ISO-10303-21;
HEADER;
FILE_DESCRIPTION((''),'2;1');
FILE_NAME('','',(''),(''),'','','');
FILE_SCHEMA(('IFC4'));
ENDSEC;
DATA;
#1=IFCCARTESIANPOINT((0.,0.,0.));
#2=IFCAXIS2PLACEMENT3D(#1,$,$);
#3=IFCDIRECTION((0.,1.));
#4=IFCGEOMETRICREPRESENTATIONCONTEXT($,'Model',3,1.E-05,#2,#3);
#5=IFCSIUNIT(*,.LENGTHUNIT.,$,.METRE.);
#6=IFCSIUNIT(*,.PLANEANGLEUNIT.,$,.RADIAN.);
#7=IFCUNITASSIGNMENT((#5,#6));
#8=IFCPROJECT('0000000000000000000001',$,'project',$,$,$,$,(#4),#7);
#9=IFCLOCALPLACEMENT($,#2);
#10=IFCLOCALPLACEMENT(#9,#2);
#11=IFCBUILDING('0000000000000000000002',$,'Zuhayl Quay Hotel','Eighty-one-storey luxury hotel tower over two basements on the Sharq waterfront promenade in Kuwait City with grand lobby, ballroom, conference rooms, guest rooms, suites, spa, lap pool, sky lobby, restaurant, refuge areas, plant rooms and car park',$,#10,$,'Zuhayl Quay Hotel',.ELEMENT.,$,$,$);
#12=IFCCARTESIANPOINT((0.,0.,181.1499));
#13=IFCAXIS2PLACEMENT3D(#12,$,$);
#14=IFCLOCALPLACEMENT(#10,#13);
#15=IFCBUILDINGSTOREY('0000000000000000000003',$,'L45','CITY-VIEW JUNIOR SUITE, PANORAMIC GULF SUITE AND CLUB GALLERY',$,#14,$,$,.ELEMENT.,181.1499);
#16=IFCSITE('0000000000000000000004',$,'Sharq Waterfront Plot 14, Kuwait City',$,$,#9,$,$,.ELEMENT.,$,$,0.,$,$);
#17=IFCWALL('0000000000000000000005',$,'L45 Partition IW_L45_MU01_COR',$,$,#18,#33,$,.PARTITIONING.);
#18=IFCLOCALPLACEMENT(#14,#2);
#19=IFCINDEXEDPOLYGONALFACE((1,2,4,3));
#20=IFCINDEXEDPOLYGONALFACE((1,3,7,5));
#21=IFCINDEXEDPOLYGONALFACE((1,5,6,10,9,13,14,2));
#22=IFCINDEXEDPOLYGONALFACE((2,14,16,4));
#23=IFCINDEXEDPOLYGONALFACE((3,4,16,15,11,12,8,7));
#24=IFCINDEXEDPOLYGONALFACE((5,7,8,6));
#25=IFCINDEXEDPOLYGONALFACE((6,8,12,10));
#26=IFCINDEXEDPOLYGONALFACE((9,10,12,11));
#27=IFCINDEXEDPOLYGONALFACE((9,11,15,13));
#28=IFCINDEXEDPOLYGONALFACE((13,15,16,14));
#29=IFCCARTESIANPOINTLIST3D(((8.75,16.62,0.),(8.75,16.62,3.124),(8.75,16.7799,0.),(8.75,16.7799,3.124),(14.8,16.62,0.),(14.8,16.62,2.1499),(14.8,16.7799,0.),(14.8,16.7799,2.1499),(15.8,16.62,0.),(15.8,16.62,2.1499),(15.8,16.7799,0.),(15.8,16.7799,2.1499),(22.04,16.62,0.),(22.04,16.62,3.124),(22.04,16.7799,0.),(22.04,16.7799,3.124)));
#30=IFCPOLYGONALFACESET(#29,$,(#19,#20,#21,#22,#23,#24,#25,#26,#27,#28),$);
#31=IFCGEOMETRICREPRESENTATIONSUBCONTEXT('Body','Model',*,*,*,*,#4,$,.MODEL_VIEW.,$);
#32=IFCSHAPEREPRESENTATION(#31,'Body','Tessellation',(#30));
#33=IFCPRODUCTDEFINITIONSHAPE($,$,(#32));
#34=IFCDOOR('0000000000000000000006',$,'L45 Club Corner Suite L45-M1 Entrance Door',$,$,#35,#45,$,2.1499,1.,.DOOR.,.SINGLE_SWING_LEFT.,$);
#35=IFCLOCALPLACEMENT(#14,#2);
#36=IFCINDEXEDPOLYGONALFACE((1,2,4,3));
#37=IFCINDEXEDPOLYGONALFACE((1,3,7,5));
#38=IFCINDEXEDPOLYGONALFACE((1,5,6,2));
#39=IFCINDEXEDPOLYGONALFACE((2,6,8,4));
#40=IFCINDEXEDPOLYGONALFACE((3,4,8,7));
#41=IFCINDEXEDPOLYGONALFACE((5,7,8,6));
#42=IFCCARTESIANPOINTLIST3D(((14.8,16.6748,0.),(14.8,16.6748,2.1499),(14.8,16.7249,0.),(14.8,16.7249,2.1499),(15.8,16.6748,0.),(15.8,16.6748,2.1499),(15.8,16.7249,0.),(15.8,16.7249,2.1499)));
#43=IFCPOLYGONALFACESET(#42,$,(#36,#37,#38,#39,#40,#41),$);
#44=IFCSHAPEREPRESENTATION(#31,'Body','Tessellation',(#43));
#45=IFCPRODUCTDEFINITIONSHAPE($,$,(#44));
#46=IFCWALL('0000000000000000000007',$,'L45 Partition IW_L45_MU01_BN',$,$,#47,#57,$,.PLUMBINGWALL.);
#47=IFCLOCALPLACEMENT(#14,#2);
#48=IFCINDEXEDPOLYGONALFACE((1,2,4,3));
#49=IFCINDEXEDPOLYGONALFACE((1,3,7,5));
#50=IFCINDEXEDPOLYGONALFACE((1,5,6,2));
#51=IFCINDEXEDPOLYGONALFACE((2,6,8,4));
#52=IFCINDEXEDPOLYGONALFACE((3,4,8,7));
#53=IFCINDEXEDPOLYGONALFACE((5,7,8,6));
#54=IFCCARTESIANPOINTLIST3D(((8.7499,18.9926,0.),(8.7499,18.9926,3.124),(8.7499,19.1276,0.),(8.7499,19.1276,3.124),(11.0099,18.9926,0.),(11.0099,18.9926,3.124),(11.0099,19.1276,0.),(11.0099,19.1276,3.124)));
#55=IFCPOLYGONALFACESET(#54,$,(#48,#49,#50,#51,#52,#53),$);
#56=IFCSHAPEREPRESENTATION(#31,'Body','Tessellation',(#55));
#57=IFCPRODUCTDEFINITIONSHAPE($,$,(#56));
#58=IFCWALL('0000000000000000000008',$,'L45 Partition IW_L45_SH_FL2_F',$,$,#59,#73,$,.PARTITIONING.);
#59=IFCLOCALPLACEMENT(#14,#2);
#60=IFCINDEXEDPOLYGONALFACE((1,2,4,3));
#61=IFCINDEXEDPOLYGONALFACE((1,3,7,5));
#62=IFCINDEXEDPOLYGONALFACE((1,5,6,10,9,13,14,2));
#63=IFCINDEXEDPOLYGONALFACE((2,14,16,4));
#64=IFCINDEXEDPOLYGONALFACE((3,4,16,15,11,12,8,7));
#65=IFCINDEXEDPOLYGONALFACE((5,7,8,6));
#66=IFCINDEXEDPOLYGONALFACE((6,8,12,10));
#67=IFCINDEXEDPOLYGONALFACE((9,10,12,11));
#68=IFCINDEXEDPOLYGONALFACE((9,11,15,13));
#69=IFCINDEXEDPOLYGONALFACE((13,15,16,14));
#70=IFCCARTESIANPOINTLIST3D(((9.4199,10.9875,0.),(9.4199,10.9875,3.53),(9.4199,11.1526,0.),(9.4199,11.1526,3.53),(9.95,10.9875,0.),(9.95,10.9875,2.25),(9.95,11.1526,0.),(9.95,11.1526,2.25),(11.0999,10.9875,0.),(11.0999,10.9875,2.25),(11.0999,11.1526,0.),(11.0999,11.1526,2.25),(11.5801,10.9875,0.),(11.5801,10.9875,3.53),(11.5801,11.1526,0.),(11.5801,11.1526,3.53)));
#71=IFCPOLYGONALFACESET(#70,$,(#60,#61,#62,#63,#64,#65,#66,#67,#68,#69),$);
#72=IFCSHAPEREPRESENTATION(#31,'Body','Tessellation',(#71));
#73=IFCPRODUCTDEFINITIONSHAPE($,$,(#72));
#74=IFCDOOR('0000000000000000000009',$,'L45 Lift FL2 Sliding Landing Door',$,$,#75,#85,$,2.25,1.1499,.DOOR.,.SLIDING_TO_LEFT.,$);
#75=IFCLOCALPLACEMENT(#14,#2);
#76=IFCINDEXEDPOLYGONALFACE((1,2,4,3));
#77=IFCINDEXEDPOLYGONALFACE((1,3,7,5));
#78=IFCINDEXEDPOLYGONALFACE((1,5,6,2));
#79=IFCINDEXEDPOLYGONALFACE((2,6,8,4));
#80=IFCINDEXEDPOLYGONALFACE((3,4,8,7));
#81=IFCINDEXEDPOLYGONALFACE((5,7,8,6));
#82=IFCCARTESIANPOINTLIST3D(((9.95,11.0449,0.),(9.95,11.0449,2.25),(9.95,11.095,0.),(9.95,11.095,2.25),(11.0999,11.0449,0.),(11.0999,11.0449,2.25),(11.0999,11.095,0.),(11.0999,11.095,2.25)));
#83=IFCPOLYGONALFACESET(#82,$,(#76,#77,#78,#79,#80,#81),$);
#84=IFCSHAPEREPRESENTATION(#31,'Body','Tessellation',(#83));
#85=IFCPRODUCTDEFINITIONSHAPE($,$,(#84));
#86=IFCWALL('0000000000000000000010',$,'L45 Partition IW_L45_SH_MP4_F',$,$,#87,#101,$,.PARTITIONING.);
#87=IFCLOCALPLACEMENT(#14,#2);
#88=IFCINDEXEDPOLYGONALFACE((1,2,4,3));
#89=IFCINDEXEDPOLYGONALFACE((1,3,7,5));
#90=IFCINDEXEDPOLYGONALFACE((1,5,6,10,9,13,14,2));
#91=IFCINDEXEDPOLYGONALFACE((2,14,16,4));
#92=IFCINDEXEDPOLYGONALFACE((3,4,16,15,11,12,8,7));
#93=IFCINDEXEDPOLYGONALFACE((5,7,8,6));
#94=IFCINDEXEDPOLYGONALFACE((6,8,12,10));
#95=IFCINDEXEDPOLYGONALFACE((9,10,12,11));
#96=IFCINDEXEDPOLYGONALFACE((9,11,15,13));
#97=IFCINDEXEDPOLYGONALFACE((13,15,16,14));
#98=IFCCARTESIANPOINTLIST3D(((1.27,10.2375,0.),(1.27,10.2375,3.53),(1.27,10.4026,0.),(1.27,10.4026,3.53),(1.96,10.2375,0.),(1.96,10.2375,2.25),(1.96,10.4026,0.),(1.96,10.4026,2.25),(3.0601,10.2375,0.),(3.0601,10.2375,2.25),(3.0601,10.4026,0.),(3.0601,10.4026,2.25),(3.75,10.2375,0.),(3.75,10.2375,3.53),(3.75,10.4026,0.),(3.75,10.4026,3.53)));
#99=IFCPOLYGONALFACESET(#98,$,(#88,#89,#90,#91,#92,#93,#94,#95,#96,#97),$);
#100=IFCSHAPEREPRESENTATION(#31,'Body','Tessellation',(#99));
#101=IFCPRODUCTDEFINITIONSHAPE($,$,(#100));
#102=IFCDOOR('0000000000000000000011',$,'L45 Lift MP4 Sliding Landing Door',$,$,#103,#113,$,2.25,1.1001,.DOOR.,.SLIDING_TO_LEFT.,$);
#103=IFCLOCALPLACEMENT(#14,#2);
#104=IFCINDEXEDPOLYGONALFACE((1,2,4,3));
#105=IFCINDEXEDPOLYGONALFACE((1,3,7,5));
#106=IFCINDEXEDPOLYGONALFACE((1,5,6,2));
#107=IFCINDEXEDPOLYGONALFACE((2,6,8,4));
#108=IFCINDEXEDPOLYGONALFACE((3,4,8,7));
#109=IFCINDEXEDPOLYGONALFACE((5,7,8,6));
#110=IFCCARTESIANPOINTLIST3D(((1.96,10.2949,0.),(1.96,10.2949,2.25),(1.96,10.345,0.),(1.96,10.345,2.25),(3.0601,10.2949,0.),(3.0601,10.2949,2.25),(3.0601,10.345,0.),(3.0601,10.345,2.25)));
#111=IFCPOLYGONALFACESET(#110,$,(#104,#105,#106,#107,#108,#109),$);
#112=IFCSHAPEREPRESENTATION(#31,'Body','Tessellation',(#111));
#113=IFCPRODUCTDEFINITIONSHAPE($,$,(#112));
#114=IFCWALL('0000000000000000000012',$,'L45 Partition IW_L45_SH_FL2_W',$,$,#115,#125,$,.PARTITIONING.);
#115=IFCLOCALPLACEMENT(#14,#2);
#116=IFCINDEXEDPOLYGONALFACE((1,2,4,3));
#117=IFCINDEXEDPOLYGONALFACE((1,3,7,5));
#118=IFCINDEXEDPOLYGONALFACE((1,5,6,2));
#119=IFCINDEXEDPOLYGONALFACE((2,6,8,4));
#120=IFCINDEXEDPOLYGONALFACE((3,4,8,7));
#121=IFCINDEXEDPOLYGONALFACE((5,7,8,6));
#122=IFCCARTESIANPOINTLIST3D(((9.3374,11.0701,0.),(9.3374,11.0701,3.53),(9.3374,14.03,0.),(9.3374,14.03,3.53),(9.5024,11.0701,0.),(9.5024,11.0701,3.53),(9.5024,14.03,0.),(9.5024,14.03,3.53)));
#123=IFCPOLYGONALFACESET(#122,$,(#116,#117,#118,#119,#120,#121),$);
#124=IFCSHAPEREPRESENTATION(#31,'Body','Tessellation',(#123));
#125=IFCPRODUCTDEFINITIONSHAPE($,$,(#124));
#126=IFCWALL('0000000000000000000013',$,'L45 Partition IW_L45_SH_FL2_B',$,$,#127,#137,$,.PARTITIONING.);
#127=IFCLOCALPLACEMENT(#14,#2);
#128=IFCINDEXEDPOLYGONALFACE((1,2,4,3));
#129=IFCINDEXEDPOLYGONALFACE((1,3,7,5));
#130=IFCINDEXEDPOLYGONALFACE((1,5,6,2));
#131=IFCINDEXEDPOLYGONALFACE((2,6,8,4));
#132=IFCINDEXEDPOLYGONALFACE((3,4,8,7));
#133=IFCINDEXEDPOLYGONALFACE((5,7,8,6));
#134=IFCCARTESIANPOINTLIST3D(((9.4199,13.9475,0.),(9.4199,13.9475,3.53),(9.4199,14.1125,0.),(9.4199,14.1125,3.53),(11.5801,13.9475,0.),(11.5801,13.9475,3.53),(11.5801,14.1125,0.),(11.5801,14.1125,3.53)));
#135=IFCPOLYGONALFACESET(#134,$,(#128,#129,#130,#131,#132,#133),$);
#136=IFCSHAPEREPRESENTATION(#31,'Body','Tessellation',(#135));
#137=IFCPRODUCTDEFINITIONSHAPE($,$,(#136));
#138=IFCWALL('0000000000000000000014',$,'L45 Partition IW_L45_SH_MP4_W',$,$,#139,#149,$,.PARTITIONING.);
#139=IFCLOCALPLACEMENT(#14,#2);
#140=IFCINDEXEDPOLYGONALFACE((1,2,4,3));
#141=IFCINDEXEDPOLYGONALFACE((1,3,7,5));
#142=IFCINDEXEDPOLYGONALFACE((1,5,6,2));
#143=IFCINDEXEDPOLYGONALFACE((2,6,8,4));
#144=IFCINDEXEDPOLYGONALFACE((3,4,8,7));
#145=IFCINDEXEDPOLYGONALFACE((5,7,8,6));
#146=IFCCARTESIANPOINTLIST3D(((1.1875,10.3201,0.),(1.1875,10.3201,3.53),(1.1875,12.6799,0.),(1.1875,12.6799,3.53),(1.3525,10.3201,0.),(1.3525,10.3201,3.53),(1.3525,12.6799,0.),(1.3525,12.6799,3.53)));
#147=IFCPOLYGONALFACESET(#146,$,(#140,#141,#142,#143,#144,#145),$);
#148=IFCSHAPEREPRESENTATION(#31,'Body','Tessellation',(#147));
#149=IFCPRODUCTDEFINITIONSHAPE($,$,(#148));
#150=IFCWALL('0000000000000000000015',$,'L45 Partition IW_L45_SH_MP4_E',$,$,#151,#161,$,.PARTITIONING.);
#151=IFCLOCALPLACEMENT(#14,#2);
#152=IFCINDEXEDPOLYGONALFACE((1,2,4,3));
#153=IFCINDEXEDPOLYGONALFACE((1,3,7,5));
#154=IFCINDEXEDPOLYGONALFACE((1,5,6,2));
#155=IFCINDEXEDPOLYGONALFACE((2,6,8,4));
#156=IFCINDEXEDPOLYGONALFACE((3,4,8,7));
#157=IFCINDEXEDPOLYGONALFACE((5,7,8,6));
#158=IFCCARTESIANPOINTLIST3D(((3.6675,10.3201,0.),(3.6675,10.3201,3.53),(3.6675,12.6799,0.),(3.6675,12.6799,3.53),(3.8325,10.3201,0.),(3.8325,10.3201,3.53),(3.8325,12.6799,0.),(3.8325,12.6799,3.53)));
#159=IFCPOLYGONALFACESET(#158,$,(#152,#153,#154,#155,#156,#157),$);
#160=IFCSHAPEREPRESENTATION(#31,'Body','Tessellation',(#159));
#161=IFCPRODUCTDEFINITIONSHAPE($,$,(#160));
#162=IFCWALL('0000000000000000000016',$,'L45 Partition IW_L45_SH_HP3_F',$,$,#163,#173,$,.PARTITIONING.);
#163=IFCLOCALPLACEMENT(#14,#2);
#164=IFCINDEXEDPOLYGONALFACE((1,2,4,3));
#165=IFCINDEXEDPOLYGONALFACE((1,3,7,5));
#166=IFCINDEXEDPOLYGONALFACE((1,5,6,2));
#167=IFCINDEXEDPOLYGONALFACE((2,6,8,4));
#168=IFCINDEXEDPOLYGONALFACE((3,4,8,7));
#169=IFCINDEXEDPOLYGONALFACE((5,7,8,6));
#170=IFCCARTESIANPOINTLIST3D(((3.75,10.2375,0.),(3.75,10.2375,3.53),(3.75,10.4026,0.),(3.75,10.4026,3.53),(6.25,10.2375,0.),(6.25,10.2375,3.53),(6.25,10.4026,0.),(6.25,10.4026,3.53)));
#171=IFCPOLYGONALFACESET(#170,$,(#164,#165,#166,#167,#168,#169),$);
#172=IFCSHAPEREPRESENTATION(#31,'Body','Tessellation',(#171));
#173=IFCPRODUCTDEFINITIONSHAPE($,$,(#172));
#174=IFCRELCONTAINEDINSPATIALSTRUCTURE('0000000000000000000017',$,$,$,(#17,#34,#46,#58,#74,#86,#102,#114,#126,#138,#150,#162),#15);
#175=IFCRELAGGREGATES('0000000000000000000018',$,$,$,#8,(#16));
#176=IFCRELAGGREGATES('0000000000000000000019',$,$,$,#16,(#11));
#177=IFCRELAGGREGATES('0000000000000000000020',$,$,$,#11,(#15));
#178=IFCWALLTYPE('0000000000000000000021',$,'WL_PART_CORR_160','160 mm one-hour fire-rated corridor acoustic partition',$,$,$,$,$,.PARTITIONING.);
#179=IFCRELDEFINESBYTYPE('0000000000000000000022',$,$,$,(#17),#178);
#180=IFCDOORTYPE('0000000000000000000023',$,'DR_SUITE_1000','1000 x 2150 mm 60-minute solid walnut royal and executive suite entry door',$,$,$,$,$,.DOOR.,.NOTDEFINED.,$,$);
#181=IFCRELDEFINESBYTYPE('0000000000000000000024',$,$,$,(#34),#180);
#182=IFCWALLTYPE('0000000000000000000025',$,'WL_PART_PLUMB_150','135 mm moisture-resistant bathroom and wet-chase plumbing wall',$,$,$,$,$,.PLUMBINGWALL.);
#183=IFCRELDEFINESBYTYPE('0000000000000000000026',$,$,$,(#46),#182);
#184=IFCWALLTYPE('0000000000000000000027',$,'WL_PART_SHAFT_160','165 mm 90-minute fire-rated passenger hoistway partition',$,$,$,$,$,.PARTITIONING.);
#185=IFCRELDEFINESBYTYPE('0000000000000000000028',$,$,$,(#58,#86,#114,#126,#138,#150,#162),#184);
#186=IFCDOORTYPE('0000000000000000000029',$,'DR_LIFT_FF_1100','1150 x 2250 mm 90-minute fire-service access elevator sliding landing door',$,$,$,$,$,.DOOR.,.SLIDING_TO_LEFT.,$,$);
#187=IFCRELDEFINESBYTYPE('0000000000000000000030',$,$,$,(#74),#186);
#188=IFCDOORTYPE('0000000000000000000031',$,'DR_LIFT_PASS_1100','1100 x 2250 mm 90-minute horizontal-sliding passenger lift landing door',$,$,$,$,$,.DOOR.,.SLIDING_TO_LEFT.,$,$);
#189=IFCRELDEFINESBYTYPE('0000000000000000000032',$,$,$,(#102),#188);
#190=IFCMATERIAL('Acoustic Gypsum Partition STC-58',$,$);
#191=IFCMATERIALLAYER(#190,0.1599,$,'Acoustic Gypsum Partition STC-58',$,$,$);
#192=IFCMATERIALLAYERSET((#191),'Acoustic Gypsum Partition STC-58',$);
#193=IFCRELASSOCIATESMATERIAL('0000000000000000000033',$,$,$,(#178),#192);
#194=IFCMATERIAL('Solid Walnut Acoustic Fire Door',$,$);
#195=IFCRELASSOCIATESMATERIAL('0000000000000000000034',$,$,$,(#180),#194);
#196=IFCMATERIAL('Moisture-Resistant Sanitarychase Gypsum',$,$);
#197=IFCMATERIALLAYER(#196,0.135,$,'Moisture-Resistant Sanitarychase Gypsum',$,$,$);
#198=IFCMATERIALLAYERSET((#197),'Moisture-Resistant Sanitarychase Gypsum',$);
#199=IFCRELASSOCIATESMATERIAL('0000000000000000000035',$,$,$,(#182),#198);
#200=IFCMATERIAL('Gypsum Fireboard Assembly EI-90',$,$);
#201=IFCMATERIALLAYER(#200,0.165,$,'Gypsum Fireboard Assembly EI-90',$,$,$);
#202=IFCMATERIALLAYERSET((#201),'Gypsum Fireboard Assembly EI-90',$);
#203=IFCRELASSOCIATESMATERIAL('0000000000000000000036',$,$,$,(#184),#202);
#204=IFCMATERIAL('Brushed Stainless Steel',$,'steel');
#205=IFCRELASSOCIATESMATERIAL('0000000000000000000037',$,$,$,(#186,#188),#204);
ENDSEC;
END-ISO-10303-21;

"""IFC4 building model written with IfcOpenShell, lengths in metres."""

from ifc_helpers import new_model, si_unit, direction, frame, frame_2d, origin, place, context, subcontext, project, spatial, rectangle, extrude, material, layer, layer_set, type_object, element, fill, save


model = new_model("IFC4")

# Units and contexts
model_context = context("Model", 3, precision=1e-05, world=origin(), true_north=direction((0.0, 1.0)))
body_context = subcontext(model_context, "Body", "Model", "MODEL_VIEW")
ifc_project = project(units=[si_unit("LENGTHUNIT", "METRE"), si_unit("PLANEANGLEUNIT", "RADIAN")], contexts=[model_context])

# Site, building, storey
site_placement = place(None, origin())
site = spatial("IfcSite", under=ifc_project, at=site_placement, Name="Sharq Waterfront Plot 14, Kuwait City", CompositionType="ELEMENT", RefElevation=0.0)
building_placement = place(site_placement, origin())
building = spatial("IfcBuilding", under=site, at=building_placement, Name="Zuhayl Quay Hotel", Description="Eighty-one-storey luxury hotel tower over two basements on the Sharq waterfront promenade in Kuwait City with grand lobby, ballroom, conference rooms, guest rooms, suites, spa, lap pool, sky lobby, restaurant, refuge areas, plant rooms and car park", LongName="Zuhayl Quay Hotel", CompositionType="ELEMENT")
storey_placement = place(building_placement, frame((0.0, 0.0, 181.1499)))
storey = spatial("IfcBuildingStorey", under=building, at=storey_placement, Name="L45", Description="CITY-VIEW JUNIOR SUITE, PANORAMIC GULF SUITE AND CLUB GALLERY", CompositionType="ELEMENT", Elevation=181.1499)

# Shared definitions
ifc_material_1 = material(Name="Acoustic Gypsum Partition STC-58")

# Wall, opening, door
ifc_layer_1 = layer(ifc_material_1, 0.1599, Name="Acoustic Gypsum Partition STC-58")
ifc_layer_set_1 = layer_set([ifc_layer_1], Name="Acoustic Gypsum Partition STC-58")
wall_type_1 = type_object("IfcWallType", Name="WL_PART_CORR_160", Description="160 mm one-hour fire-rated corridor acoustic partition", PredefinedType="PARTITIONING", material=ifc_layer_set_1)
ifc_material_2 = material(Name="Solid Walnut Acoustic Fire Door")
wall_1_placement = place(storey_placement, frame((8.75, 16.7, 0.0), z_axis=(0.0, 0.0, 1.0), x_axis=(1.0, 0.0, 0.0)))
wall_1 = element("IfcWall", 1, at=wall_1_placement, inside=storey, type_object=wall_type_1, Name="L45 Partition IW_L45_MU01_COR", PredefinedType="PARTITIONING", context=body_context, shape_type="SweptSolid", body=[
    extrude(rectangle(XDim=13.29, YDim=0.1599, at=frame_2d((6.645, 0.0))), origin(), (0.0, 0.0, 1.0), 3.124),
])
opening_1_placement = place(wall_1_placement, frame((6.05, 0.0, 0.0)))
opening_1 = element("IfcOpeningElement", 2, at=opening_1_placement, cuts=wall_1, PredefinedType="OPENING", context=body_context, shape_type="SweptSolid", body=[
    extrude(rectangle(XDim=1.0, YDim=2.1499, at=frame_2d((0.5, 1.075))), frame((0.0, 0.0898, 0.0), z_axis=(0.0, -1.0, 0.0), x_axis=(1.0, 0.0, 0.0)), (0.0, 0.0, 1.0), 0.1799),
])
door_type_1 = type_object("IfcDoorType", Name="DR_SUITE_1000", Description="1000 x 2150 mm 60-minute solid walnut royal and executive suite entry door", OperationType="NOTDEFINED", PredefinedType="DOOR", material=ifc_material_2)
door_1_placement = place(opening_1_placement, origin())
door_1 = element("IfcDoor", 3, at=door_1_placement, inside=storey, type_object=door_type_1, Name="L45 Club Corner Suite L45-M1 Entrance Door", OperationType="SINGLE_SWING_LEFT", OverallHeight=2.1499, OverallWidth=1.0, PredefinedType="DOOR", context=body_context, shape_type="SweptSolid", body=[
    extrude(rectangle(XDim=1.0, YDim=2.1499, at=frame_2d((0.5, 1.075))), frame((0.0, 0.0249, 0.0), z_axis=(0.0, -1.0, 0.0), x_axis=(1.0, 0.0, 0.0)), (0.0, 0.0, 1.0), 0.05),
])
fill(opening_1, door_1)

# Wall
ifc_material_3 = material(Name="Moisture-Resistant Sanitarychase Gypsum")
ifc_layer_2 = layer(ifc_material_3, 0.135, Name="Moisture-Resistant Sanitarychase Gypsum")
ifc_layer_set_2 = layer_set([ifc_layer_2], Name="Moisture-Resistant Sanitarychase Gypsum")
wall_type_2 = type_object("IfcWallType", Name="WL_PART_PLUMB_150", Description="135 mm moisture-resistant bathroom and wet-chase plumbing wall", PredefinedType="PLUMBINGWALL", material=ifc_layer_set_2)
wall_2_placement = place(storey_placement, frame((8.75, 19.0601, 0.0), z_axis=(0.0, 0.0, 1.0), x_axis=(1.0, 0.0, 0.0)))
element("IfcWall", 4, at=wall_2_placement, inside=storey, type_object=wall_type_2, Name="L45 Partition IW_L45_MU01_BN", PredefinedType="PLUMBINGWALL", context=body_context, shape_type="SweptSolid", body=[
    extrude(rectangle(XDim=2.26, YDim=0.135, at=frame_2d((1.1299, 0.0))), origin(), (0.0, 0.0, 1.0), 3.124),
])

# Walls, openings, doors
ifc_material_4 = material(Name="Gypsum Fireboard Assembly EI-90")
ifc_layer_3 = layer(ifc_material_4, 0.165, Name="Gypsum Fireboard Assembly EI-90")
ifc_layer_set_3 = layer_set([ifc_layer_3], Name="Gypsum Fireboard Assembly EI-90")
wall_type_3 = type_object("IfcWallType", Name="WL_PART_SHAFT_160", Description="165 mm 90-minute fire-rated passenger hoistway partition", PredefinedType="PARTITIONING", material=ifc_layer_set_3)
wall_3_placement = place(storey_placement, frame((9.4199, 11.0701, 0.0), z_axis=(0.0, 0.0, 1.0), x_axis=(1.0, 0.0, 0.0)))
wall_3 = element("IfcWall", 5, at=wall_3_placement, inside=storey, type_object=wall_type_3, Name="L45 Partition IW_L45_SH_FL2_F", PredefinedType="PARTITIONING", context=body_context, shape_type="SweptSolid", body=[
    extrude(rectangle(XDim=2.1602, YDim=0.165, at=frame_2d((1.0801, 0.0))), origin(), (0.0, 0.0, 1.0), 3.53),
])
opening_2_placement = place(wall_3_placement, frame((0.53, 0.0, 0.0)))
opening_2 = element("IfcOpeningElement", 6, at=opening_2_placement, cuts=wall_3, PredefinedType="OPENING", context=body_context, shape_type="SweptSolid", body=[
    extrude(rectangle(XDim=1.1499, YDim=2.25, at=frame_2d((0.575, 1.125))), frame((0.0, 0.0925, 0.0), z_axis=(0.0, -1.0, 0.0), x_axis=(1.0, 0.0, 0.0)), (0.0, 0.0, 1.0), 0.1851),
])
ifc_material_5 = material(Name="Brushed Stainless Steel", Category="steel")
door_type_2 = type_object("IfcDoorType", Name="DR_LIFT_FF_1100", Description="1150 x 2250 mm 90-minute fire-service access elevator sliding landing door", OperationType="SLIDING_TO_LEFT", PredefinedType="DOOR", material=ifc_material_5)
door_2_placement = place(opening_2_placement, origin())
door_2 = element("IfcDoor", 7, at=door_2_placement, inside=storey, type_object=door_type_2, Name="L45 Lift FL2 Sliding Landing Door", OperationType="SLIDING_TO_LEFT", OverallHeight=2.25, OverallWidth=1.1499, PredefinedType="DOOR", context=body_context, shape_type="SweptSolid", body=[
    extrude(rectangle(XDim=1.1499, YDim=2.25, at=frame_2d((0.575, 1.125))), frame((0.0, 0.0249, 0.0), z_axis=(0.0, -1.0, 0.0), x_axis=(1.0, 0.0, 0.0)), (0.0, 0.0, 1.0), 0.05),
])
fill(opening_2, door_2)
wall_4_placement = place(storey_placement, frame((1.27, 10.3201, 0.0), z_axis=(0.0, 0.0, 1.0), x_axis=(1.0, 0.0, 0.0)))
wall_4 = element("IfcWall", 8, at=wall_4_placement, inside=storey, type_object=wall_type_3, Name="L45 Partition IW_L45_SH_MP4_F", PredefinedType="PARTITIONING", context=body_context, shape_type="SweptSolid", body=[
    extrude(rectangle(XDim=2.48, YDim=0.165, at=frame_2d((1.24, 0.0))), origin(), (0.0, 0.0, 1.0), 3.53),
])
opening_3_placement = place(wall_4_placement, frame((0.6899, 0.0, 0.0)))
opening_3 = element("IfcOpeningElement", 9, at=opening_3_placement, cuts=wall_4, PredefinedType="OPENING", context=body_context, shape_type="SweptSolid", body=[
    extrude(rectangle(XDim=1.1001, YDim=2.25, at=frame_2d((0.55, 1.125))), frame((0.0, 0.0925, 0.0), z_axis=(0.0, -1.0, 0.0), x_axis=(1.0, 0.0, 0.0)), (0.0, 0.0, 1.0), 0.1851),
])
door_type_3 = type_object("IfcDoorType", Name="DR_LIFT_PASS_1100", Description="1100 x 2250 mm 90-minute horizontal-sliding passenger lift landing door", OperationType="SLIDING_TO_LEFT", PredefinedType="DOOR", material=ifc_material_5)
door_3_placement = place(opening_3_placement, origin())
door_3 = element("IfcDoor", 10, at=door_3_placement, inside=storey, type_object=door_type_3, Name="L45 Lift MP4 Sliding Landing Door", OperationType="SLIDING_TO_LEFT", OverallHeight=2.25, OverallWidth=1.1001, PredefinedType="DOOR", context=body_context, shape_type="SweptSolid", body=[
    extrude(rectangle(XDim=1.1001, YDim=2.25, at=frame_2d((0.55, 1.125))), frame((0.0, 0.0249, 0.0), z_axis=(0.0, -1.0, 0.0), x_axis=(1.0, 0.0, 0.0)), (0.0, 0.0, 1.0), 0.05),
])
fill(opening_3, door_3)

# Walls
wall_5_placement = place(storey_placement, frame((9.4199, 11.0701, 0.0), z_axis=(0.0, 0.0, 1.0), x_axis=(0.0, 1.0, 0.0)))
element("IfcWall", 11, at=wall_5_placement, inside=storey, type_object=wall_type_3, Name="L45 Partition IW_L45_SH_FL2_W", PredefinedType="PARTITIONING", context=body_context, shape_type="SweptSolid", body=[
    extrude(rectangle(XDim=2.96, YDim=0.165, at=frame_2d((1.48, 0.0))), origin(), (0.0, 0.0, 1.0), 3.53),
])
wall_6_placement = place(storey_placement, frame((9.4199, 14.03, 0.0), z_axis=(0.0, 0.0, 1.0), x_axis=(1.0, 0.0, 0.0)))
element("IfcWall", 12, at=wall_6_placement, inside=storey, type_object=wall_type_3, Name="L45 Partition IW_L45_SH_FL2_B", PredefinedType="PARTITIONING", context=body_context, shape_type="SweptSolid", body=[
    extrude(rectangle(XDim=2.1602, YDim=0.165, at=frame_2d((1.0801, 0.0))), origin(), (0.0, 0.0, 1.0), 3.53),
])
for number, where, z_axis, x_axis, name in (
    (13, (1.27, 10.3201, 0.0), (0.0, 0.0, 1.0), (0.0, 1.0, 0.0), "L45 Partition IW_L45_SH_MP4_W"),
    (14, (3.75, 10.3201, 0.0), (0.0, 0.0, 1.0), (0.0, 1.0, 0.0), "L45 Partition IW_L45_SH_MP4_E"),
):
    element("IfcWall", number, at=place(storey_placement, frame(where, z_axis=z_axis, x_axis=x_axis)), inside=storey, type_object=wall_type_3, Name=name, PredefinedType="PARTITIONING", context=body_context, shape_type="SweptSolid", body=[
        extrude(rectangle(XDim=2.3599, YDim=0.165, at=frame_2d((1.1799, 0.0))), origin(), (0.0, 0.0, 1.0), 3.53),
    ])
wall_7_placement = place(storey_placement, frame((3.75, 10.3201, 0.0), z_axis=(0.0, 0.0, 1.0), x_axis=(1.0, 0.0, 0.0)))
element("IfcWall", 15, at=wall_7_placement, inside=storey, type_object=wall_type_3, Name="L45 Partition IW_L45_SH_HP3_F", PredefinedType="PARTITIONING", context=body_context, shape_type="SweptSolid", body=[
    extrude(rectangle(XDim=2.5, YDim=0.165, at=frame_2d((1.25, 0.0))), origin(), (0.0, 0.0, 1.0), 3.53),
])

save(model, "model.ifc")
